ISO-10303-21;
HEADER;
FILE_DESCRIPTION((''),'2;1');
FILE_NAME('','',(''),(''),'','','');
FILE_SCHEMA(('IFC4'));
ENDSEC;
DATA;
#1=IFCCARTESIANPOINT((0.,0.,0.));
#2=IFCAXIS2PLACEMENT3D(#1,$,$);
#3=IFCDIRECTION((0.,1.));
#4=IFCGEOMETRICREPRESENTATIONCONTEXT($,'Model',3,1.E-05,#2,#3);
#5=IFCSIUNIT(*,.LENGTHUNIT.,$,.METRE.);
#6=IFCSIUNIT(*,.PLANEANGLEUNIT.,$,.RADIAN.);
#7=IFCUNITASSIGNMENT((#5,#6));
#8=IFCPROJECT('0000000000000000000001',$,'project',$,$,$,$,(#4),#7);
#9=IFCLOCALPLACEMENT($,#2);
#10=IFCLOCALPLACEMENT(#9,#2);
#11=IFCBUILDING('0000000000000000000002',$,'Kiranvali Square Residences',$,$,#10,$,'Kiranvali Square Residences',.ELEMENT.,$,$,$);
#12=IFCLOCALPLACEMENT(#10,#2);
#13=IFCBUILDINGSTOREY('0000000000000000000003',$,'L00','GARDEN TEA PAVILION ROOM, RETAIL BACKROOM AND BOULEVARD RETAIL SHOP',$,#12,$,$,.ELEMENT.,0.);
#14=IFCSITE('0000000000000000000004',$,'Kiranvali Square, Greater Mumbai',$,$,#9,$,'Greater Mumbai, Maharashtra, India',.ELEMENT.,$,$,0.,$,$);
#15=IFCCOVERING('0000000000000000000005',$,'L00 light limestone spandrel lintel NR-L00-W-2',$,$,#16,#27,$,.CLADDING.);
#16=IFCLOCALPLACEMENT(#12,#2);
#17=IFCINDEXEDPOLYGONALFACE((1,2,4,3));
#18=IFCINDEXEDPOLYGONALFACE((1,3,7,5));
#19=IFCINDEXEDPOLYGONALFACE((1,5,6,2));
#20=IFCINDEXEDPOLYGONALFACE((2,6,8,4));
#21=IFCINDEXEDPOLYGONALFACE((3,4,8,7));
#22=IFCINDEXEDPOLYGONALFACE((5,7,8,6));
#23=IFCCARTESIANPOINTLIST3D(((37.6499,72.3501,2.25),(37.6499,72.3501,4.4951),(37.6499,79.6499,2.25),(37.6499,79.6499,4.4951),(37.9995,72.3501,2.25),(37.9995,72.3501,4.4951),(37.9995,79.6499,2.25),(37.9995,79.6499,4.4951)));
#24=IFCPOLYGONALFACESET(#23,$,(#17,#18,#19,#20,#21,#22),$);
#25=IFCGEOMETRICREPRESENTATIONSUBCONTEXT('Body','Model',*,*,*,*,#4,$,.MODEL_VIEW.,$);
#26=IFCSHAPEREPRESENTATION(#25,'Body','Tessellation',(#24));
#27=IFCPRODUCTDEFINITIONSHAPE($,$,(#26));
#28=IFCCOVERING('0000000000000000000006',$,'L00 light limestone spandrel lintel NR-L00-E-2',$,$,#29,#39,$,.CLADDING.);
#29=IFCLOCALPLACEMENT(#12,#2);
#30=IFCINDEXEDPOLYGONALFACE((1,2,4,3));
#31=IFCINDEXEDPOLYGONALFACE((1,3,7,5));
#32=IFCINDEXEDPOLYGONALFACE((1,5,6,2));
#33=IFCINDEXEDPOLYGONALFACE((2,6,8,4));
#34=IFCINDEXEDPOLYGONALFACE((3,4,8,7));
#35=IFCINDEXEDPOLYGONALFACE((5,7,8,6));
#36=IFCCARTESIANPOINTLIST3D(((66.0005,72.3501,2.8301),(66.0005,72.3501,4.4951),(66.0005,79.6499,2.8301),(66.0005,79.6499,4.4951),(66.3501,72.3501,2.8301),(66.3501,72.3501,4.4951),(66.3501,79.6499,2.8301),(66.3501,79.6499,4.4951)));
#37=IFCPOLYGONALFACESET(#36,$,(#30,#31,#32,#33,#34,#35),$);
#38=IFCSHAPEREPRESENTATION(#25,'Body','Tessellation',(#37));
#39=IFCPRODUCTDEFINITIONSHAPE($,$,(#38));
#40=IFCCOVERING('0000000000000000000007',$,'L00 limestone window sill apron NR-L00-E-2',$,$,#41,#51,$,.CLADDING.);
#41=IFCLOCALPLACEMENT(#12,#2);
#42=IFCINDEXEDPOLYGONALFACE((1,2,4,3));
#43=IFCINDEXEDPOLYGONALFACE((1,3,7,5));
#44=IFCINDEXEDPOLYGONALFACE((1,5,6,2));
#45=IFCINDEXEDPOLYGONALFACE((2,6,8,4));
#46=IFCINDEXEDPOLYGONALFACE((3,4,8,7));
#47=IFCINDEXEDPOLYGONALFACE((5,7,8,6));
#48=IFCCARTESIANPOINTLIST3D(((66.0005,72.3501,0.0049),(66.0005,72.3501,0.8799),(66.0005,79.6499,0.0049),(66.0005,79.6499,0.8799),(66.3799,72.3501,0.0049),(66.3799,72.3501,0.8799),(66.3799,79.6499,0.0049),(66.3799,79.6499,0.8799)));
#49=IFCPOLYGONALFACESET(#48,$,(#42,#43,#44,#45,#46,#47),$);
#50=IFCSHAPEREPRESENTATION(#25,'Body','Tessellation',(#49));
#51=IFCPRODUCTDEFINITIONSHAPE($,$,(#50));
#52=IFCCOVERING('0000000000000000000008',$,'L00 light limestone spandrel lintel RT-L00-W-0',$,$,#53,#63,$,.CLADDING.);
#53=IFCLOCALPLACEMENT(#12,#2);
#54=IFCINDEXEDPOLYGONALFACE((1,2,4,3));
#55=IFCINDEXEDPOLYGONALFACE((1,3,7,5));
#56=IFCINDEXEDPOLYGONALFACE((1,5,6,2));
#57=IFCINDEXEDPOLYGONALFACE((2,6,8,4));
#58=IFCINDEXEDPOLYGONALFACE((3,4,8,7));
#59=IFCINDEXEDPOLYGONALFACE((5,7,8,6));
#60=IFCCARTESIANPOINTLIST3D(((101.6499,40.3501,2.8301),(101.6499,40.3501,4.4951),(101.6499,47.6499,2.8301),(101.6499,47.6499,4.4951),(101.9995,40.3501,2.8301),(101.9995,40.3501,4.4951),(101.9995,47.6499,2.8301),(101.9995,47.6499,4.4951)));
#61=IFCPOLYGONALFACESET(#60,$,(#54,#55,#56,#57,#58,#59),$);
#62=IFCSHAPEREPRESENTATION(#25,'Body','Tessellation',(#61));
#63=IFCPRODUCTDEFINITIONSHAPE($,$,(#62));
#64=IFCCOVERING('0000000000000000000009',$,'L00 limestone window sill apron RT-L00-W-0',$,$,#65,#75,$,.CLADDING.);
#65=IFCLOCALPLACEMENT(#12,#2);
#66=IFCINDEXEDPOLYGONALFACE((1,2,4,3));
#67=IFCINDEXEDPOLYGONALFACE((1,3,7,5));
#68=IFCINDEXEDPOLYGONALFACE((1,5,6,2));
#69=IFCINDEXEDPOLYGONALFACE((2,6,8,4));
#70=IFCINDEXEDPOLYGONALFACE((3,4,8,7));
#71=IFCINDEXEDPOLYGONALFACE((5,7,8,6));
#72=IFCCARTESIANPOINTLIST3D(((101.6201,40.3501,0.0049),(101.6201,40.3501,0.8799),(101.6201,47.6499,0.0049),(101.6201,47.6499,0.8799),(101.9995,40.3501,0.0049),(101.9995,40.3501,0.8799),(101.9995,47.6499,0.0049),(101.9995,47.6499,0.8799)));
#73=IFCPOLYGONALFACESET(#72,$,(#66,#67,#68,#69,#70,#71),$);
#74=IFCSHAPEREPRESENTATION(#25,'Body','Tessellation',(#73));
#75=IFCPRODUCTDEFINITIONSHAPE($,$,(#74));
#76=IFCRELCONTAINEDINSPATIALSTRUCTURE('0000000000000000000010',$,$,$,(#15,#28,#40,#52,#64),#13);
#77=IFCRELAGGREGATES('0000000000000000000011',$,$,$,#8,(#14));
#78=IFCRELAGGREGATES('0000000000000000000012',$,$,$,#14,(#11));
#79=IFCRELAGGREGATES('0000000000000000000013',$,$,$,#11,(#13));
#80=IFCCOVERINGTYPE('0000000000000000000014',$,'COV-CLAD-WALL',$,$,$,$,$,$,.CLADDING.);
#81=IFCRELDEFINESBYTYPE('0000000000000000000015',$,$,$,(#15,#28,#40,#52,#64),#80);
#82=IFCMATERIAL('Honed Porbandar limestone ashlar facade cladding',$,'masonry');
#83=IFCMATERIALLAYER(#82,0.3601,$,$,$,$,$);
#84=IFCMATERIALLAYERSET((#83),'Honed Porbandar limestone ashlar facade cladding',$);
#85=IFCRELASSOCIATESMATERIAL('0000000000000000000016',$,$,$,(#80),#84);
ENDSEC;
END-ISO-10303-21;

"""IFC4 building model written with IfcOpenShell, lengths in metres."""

from ifc_helpers import new_model, si_unit, direction, frame, origin, place, context, subcontext, project, spatial, polyline, outline, extrude, material, layer, layer_set, type_object, element, save


model = new_model("IFC4")

# Units and contexts
model_context = context("Model", 3, precision=1e-05, world=origin(), true_north=direction((0.0, 1.0)))
body_context = subcontext(model_context, "Body", "Model", "MODEL_VIEW")
ifc_project = project(units=[si_unit("LENGTHUNIT", "METRE"), si_unit("PLANEANGLEUNIT", "RADIAN")], contexts=[model_context])

# Site, building, storey
site_placement = place(None, origin())
site = spatial("IfcSite", under=ifc_project, at=site_placement, Name="Kiranvali Square, Greater Mumbai", LongName="Greater Mumbai, Maharashtra, India", CompositionType="ELEMENT", RefElevation=0.0)
building_placement = place(site_placement, origin())
building = spatial("IfcBuilding", under=site, at=building_placement, Name="Kiranvali Square Residences", LongName="Kiranvali Square Residences", CompositionType="ELEMENT")
storey_placement = place(building_placement, origin())
storey = spatial("IfcBuildingStorey", under=building, at=storey_placement, Name="L00", Description="GARDEN TEA PAVILION ROOM, RETAIL BACKROOM AND BOULEVARD RETAIL SHOP", CompositionType="ELEMENT", Elevation=0.0)

# Coverings
ifc_material = material(Name="Honed Porbandar limestone ashlar facade cladding", Category="masonry")
ifc_layer_1 = layer(ifc_material, 0.3601)
ifc_layer_set_1 = layer_set([ifc_layer_1], Name="Honed Porbandar limestone ashlar facade cladding")
covering_type_1 = type_object("IfcCoveringType", Name="COV-CLAD-WALL", PredefinedType="CLADDING", material=ifc_layer_set_1)
covering_1_placement = place(storey_placement, frame((0.0, 0.0, 2.25)))
element("IfcCovering", 1, at=covering_1_placement, inside=storey, type_object=covering_type_1, Name="L00 light limestone spandrel lintel NR-L00-W-2", PredefinedType="CLADDING", context=body_context, shape_type="SweptSolid", body=[
    extrude(outline(polyline([(37.9995, 72.3501), (37.9995, 79.6499), (37.6499, 79.6499), (37.6499, 72.3501), (37.9995, 72.3501)])), origin(), (0.0, 0.0, 1.0), 2.2451),
])
covering_2_placement = place(storey_placement, frame((0.0, 0.0, 2.8301)))
element("IfcCovering", 2, at=covering_2_placement, inside=storey, type_object=covering_type_1, Name="L00 light limestone spandrel lintel NR-L00-E-2", PredefinedType="CLADDING", context=body_context, shape_type="SweptSolid", body=[
    extrude(outline(polyline([(66.3501, 72.3501), (66.3501, 79.6499), (66.0005, 79.6499), (66.0005, 72.3501), (66.3501, 72.3501)])), origin(), (0.0, 0.0, 1.0), 1.665),
])
covering_3_placement = place(storey_placement, frame((0.0, 0.0, 0.0049)))
element("IfcCovering", 3, at=covering_3_placement, inside=storey, type_object=covering_type_1, Name="L00 limestone window sill apron NR-L00-E-2", PredefinedType="CLADDING", context=body_context, shape_type="SweptSolid", body=[
    extrude(outline(polyline([(66.3799, 72.3501), (66.3799, 79.6499), (66.0005, 79.6499), (66.0005, 72.3501), (66.3799, 72.3501)])), origin(), (0.0, 0.0, 1.0), 0.875),
])
covering_4_placement = place(storey_placement, frame((0.0, 0.0, 2.8301)))
element("IfcCovering", 4, at=covering_4_placement, inside=storey, type_object=covering_type_1, Name="L00 light limestone spandrel lintel RT-L00-W-0", PredefinedType="CLADDING", context=body_context, shape_type="SweptSolid", body=[
    extrude(outline(polyline([(101.9995, 40.3501), (101.9995, 47.6499), (101.6499, 47.6499), (101.6499, 40.3501), (101.9995, 40.3501)])), origin(), (0.0, 0.0, 1.0), 1.665),
])
covering_5_placement = place(storey_placement, frame((0.0, 0.0, 0.0049)))
element("IfcCovering", 5, at=covering_5_placement, inside=storey, type_object=covering_type_1, Name="L00 limestone window sill apron RT-L00-W-0", PredefinedType="CLADDING", context=body_context, shape_type="SweptSolid", body=[
    extrude(outline(polyline([(101.9995, 40.3501), (101.9995, 47.6499), (101.6201, 47.6499), (101.6201, 40.3501), (101.9995, 40.3501)])), origin(), (0.0, 0.0, 1.0), 0.875),
])

save(model, "model.ifc")
